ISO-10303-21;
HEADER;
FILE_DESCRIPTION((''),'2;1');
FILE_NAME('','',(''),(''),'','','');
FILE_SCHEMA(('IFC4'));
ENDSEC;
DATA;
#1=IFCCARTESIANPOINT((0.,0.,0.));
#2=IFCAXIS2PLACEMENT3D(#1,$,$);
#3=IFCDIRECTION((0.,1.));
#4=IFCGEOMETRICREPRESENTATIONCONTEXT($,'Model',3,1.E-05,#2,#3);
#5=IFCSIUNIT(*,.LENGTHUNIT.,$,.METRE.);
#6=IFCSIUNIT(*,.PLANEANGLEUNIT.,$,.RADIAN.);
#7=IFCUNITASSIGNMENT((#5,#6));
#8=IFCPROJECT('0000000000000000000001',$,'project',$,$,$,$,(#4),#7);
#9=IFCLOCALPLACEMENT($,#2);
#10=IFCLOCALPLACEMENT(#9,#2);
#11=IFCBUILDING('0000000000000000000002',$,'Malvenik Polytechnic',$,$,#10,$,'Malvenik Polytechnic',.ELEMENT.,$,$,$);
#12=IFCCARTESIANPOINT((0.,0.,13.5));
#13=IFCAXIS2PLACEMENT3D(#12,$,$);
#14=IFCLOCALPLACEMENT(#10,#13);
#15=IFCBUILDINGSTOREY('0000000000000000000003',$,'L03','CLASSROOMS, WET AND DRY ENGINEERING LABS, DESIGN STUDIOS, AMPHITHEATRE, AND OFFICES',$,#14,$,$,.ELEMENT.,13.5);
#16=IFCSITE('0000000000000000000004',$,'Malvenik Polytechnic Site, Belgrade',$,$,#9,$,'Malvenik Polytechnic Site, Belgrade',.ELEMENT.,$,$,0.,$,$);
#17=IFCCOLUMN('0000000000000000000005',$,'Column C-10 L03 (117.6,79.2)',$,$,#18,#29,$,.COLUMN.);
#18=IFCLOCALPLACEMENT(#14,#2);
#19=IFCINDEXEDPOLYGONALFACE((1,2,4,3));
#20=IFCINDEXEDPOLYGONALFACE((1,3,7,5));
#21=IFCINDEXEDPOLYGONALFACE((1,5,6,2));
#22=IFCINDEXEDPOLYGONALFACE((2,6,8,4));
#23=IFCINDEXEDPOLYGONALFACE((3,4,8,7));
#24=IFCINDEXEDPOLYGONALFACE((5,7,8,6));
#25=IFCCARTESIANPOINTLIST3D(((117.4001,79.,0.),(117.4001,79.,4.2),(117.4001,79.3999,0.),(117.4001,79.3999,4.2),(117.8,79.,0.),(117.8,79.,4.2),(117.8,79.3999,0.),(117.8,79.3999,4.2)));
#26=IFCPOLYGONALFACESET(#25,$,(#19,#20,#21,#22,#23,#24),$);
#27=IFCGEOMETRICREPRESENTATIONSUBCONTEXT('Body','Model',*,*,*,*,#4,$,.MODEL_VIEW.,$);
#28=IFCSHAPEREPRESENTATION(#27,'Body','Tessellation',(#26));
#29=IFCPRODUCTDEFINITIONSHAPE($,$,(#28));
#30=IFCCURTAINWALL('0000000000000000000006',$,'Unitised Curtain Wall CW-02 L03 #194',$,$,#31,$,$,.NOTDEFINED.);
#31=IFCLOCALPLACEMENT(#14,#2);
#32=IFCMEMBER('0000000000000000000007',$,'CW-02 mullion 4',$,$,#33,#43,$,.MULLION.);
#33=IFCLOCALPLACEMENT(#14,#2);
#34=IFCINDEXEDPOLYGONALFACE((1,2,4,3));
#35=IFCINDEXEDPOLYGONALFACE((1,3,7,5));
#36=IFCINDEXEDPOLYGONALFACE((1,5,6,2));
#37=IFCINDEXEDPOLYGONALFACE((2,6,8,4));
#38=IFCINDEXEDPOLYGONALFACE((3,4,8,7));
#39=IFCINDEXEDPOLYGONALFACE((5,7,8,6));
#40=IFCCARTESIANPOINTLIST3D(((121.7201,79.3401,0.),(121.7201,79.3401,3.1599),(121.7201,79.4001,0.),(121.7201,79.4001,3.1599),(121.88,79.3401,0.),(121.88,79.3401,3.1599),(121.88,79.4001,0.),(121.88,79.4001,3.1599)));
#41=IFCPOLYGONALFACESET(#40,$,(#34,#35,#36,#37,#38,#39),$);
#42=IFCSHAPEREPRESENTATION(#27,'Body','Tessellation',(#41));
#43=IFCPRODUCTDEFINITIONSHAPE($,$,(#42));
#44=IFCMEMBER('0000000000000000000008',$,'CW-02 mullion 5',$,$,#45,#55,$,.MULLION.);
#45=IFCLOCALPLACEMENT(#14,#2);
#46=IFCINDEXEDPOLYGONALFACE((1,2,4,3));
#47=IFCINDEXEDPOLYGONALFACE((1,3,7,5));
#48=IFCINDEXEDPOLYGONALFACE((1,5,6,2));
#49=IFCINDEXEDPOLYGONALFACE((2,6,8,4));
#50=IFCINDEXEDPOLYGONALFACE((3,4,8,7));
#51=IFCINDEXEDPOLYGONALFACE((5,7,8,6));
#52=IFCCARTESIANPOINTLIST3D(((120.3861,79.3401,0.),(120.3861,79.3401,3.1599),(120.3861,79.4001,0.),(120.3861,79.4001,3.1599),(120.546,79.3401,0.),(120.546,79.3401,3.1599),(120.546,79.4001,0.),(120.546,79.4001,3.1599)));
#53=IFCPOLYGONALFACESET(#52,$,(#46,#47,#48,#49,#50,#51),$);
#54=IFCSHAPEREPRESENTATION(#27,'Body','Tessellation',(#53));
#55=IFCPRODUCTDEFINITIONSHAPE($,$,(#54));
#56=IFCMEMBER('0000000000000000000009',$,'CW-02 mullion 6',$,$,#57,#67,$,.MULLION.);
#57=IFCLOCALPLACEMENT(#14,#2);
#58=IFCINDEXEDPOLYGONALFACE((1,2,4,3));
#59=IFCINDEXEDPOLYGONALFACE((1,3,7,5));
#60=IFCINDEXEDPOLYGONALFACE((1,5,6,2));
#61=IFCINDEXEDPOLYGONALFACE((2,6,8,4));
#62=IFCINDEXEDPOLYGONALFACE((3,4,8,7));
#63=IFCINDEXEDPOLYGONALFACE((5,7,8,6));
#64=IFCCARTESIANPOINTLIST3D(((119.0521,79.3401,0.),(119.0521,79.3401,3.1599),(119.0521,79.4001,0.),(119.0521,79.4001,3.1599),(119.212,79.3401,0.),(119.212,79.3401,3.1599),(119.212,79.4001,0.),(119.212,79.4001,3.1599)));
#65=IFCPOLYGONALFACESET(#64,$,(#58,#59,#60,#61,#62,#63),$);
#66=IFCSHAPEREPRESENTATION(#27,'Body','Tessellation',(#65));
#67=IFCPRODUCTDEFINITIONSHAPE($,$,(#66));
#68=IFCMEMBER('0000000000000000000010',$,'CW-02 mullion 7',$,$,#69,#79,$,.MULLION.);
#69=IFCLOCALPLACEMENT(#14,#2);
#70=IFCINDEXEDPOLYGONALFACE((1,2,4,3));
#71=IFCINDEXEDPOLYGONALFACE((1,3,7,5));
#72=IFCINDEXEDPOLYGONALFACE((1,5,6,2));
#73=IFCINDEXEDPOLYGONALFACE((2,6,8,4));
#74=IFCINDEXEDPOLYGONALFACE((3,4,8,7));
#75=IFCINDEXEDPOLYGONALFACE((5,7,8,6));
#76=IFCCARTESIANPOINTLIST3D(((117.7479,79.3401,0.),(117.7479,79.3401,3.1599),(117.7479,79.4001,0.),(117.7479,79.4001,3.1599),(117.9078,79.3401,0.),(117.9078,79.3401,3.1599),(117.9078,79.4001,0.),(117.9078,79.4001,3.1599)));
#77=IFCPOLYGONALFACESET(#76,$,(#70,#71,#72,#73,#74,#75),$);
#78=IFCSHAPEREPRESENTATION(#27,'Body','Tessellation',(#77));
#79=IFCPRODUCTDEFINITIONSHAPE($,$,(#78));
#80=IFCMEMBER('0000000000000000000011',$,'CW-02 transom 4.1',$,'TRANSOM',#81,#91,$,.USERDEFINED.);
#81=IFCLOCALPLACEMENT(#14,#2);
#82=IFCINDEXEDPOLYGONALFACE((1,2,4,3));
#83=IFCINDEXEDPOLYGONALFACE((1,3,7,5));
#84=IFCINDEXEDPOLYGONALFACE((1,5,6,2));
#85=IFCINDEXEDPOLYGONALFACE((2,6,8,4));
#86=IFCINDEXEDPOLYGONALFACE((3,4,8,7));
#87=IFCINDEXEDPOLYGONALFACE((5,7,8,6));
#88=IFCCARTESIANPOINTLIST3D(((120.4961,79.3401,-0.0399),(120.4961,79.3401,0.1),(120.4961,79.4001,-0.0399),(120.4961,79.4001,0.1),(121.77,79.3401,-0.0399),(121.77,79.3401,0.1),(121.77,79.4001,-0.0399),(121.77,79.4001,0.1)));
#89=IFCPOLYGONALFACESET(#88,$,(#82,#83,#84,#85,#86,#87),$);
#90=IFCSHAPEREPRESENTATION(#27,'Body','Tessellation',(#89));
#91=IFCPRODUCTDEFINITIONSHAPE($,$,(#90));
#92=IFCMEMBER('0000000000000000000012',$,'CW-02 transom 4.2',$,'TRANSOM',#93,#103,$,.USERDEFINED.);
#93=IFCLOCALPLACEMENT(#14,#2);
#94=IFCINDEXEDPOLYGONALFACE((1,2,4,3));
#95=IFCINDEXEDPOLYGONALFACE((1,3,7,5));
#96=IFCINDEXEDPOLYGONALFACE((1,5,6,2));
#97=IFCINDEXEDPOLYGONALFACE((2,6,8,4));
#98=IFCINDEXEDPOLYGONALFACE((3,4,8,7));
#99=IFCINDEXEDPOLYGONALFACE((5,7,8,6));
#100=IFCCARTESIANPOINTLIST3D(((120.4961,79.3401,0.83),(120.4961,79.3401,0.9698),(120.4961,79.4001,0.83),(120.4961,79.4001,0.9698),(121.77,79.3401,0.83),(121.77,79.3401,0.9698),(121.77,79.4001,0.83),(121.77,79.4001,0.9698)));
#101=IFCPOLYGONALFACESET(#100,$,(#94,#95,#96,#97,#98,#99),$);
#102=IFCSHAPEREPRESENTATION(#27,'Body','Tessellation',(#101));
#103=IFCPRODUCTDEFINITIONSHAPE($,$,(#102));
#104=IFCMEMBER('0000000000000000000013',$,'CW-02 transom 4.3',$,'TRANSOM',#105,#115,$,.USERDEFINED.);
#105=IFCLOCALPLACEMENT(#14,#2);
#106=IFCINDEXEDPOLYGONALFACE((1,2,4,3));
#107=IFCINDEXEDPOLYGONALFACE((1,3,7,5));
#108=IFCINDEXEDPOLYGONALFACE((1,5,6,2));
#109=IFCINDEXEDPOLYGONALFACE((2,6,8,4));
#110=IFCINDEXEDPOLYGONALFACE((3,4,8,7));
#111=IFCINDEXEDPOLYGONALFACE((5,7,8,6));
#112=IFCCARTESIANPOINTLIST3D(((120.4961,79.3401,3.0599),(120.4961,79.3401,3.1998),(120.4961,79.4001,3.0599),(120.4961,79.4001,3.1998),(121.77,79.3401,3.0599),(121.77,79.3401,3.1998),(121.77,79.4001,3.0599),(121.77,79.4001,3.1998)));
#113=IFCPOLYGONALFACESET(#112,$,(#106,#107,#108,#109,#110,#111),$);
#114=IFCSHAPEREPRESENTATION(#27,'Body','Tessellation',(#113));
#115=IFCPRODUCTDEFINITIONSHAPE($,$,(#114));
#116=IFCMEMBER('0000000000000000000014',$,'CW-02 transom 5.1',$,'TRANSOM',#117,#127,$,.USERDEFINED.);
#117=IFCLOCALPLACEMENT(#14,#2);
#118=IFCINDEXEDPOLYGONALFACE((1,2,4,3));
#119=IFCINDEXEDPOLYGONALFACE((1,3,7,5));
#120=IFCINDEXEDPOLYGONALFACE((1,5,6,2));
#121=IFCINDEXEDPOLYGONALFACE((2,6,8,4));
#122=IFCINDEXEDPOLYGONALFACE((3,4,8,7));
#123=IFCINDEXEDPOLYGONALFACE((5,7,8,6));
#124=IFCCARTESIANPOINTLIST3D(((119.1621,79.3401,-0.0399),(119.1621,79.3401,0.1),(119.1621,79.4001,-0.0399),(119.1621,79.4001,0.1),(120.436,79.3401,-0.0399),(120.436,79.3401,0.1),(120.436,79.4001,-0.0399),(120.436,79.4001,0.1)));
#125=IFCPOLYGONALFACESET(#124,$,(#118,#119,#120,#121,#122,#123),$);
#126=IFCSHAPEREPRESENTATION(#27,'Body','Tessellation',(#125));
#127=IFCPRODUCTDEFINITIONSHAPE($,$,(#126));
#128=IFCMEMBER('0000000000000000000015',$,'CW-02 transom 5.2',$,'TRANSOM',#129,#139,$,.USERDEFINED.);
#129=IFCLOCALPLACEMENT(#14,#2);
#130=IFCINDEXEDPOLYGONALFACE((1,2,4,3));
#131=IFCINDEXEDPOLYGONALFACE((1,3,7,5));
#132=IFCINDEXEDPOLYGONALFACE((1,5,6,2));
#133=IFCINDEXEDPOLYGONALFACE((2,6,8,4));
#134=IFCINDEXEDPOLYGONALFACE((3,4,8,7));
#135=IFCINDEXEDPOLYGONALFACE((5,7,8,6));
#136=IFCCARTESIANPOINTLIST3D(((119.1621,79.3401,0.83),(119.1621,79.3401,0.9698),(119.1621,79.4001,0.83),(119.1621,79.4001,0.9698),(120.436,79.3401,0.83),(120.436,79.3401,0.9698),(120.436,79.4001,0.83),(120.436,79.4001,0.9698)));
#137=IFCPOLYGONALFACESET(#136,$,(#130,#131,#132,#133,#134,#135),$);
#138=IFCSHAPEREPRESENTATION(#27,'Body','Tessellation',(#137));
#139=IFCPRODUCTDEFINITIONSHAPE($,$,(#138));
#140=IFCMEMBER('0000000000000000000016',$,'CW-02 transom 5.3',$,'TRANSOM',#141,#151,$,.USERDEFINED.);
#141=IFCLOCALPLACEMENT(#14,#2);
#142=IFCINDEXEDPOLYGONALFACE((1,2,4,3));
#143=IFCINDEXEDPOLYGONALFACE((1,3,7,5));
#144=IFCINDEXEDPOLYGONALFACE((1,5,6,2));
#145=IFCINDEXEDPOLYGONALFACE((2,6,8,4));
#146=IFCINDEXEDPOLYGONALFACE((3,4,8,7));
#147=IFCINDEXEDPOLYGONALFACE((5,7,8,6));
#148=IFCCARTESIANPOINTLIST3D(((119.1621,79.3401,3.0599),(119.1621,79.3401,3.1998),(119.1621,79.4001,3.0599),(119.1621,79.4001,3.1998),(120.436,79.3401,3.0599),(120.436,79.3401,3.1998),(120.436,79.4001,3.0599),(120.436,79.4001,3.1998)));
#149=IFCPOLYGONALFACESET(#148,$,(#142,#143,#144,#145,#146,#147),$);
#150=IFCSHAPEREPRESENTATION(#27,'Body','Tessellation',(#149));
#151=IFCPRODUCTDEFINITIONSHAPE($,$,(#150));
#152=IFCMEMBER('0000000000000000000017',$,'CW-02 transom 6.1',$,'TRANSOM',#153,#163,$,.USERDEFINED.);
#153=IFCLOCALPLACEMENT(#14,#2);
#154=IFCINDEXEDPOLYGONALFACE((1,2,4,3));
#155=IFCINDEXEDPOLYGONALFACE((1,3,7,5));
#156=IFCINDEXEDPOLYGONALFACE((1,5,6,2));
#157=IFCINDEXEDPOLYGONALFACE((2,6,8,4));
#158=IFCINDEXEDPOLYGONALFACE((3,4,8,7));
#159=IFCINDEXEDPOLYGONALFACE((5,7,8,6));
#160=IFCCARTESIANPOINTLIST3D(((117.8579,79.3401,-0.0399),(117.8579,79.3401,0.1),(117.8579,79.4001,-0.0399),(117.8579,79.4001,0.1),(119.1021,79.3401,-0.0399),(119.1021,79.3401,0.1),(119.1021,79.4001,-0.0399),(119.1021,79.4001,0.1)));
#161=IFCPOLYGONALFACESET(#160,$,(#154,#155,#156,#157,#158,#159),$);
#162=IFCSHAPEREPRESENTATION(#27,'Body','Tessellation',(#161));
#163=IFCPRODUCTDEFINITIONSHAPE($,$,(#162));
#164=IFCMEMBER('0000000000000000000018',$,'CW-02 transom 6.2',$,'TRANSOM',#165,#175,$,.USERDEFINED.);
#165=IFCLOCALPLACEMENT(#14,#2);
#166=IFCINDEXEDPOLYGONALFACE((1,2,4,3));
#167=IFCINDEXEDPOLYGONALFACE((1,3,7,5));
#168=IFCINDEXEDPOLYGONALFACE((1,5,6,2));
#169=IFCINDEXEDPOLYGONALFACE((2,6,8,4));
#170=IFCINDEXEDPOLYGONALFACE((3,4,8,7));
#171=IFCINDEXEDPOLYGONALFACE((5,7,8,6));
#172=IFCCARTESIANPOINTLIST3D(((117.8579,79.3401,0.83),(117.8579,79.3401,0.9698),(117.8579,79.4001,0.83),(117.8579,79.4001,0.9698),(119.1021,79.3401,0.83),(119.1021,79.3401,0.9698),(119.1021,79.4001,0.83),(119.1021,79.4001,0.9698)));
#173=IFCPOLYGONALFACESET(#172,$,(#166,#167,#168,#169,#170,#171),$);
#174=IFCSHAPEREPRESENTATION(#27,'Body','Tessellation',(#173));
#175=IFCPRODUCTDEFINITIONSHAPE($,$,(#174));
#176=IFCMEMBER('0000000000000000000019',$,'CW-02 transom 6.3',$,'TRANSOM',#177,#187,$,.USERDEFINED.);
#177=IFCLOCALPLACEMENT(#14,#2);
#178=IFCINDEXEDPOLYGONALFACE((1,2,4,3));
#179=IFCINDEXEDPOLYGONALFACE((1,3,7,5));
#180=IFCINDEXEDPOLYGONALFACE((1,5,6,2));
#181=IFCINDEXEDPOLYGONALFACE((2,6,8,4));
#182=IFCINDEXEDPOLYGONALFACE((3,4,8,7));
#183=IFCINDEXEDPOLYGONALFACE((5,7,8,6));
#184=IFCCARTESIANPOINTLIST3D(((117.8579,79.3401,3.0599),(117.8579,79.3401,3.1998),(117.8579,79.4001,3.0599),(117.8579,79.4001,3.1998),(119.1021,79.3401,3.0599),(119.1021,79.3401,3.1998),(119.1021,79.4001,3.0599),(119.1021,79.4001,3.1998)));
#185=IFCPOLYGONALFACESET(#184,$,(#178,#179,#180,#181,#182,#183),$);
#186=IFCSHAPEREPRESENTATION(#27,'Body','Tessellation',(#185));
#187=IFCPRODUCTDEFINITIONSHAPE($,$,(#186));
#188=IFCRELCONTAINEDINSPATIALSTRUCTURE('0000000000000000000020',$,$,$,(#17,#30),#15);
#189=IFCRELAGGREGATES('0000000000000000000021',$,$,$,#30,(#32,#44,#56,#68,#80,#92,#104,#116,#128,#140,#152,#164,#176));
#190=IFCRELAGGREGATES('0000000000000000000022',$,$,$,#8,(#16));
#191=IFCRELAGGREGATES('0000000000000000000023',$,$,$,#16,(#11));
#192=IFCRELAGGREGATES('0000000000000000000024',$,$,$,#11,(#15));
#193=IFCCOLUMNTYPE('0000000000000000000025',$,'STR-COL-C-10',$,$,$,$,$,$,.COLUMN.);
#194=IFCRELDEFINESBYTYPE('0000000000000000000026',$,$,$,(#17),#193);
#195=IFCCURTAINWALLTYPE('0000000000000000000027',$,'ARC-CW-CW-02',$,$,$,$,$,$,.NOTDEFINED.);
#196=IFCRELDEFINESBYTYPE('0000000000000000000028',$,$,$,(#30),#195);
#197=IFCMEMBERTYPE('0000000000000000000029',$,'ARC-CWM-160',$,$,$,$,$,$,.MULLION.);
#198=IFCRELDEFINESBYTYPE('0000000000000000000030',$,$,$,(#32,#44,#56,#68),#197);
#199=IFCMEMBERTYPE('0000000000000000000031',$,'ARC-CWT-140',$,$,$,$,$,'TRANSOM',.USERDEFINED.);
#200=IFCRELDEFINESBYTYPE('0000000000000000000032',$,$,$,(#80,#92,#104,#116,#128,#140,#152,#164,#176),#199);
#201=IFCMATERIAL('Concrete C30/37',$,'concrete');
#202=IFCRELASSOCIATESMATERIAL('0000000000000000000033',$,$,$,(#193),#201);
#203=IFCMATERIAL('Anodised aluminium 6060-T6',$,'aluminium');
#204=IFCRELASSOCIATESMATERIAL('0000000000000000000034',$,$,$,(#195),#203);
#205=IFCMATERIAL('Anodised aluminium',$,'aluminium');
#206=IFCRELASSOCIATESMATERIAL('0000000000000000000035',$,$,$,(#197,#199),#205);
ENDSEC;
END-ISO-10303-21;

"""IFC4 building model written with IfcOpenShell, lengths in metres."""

from ifc_helpers import new_model, si_unit, direction, frame, origin, origin_2d, place, context, subcontext, project, spatial, rectangle, extrude, material, material_profile, profile_set, type_object, element, aggregate, save


model = new_model("IFC4")

# Units and contexts
model_context = context("Model", 3, precision=1e-05, world=origin(), true_north=direction((0.0, 1.0)))
body_context = subcontext(model_context, "Body", "Model", "MODEL_VIEW")
ifc_project = project(units=[si_unit("LENGTHUNIT", "METRE"), si_unit("PLANEANGLEUNIT", "RADIAN")], contexts=[model_context])

# Site, building, storey
site_placement = place(None, origin())
site = spatial("IfcSite", under=ifc_project, at=site_placement, Name="Malvenik Polytechnic Site, Belgrade", LongName="Malvenik Polytechnic Site, Belgrade", CompositionType="ELEMENT", RefElevation=0.0)
building_placement = place(site_placement, origin())
building = spatial("IfcBuilding", under=site, at=building_placement, Name="Malvenik Polytechnic", LongName="Malvenik Polytechnic", CompositionType="ELEMENT")
storey_placement = place(building_placement, frame((0.0, 0.0, 13.5)))
storey = spatial("IfcBuildingStorey", under=building, at=storey_placement, Name="L03", Description="CLASSROOMS, WET AND DRY ENGINEERING LABS, DESIGN STUDIOS, AMPHITHEATRE, AND OFFICES", CompositionType="ELEMENT", Elevation=13.5)

# Column
ifc_material_1 = material(Name="Concrete C30/37", Category="concrete")
ifc_material_profile_1 = material_profile(ifc_material_1, rectangle(XDim=0.3999, YDim=0.3999, at=origin_2d()), Name="RC COL 400x400")
ifc_profile_set_1 = profile_set([ifc_material_profile_1], Name="Concrete C30/37")
column_type = type_object("IfcColumnType", Name="STR-COL-C-10", PredefinedType="COLUMN", material=ifc_profile_set_1)
column_placement = place(storey_placement, frame((117.6001, 79.2, 0.0), z_axis=(0.0, 0.0, 1.0), x_axis=(1.0, 0.0, 0.0)))
element("IfcColumn", 1, at=column_placement, inside=storey, type_object=column_type, Name="Column C-10 L03 (117.6,79.2)", PredefinedType="COLUMN", context=body_context, shape_type="SweptSolid", body=[
    extrude(rectangle(XDim=0.3999, YDim=0.3999, at=origin_2d()), origin(), (0.0, 0.0, 1.0), 4.2),
])

# Curtain wall, members
ifc_material_2 = material(Name="Anodised aluminium 6060-T6", Category="aluminium")
curtain_wall_type = type_object("IfcCurtainWallType", Name="ARC-CW-CW-02", PredefinedType="NOTDEFINED", material=ifc_material_2)
curtain_wall_placement = place(storey_placement, origin())
curtain_wall = element("IfcCurtainWall", 2, at=curtain_wall_placement, inside=storey, type_object=curtain_wall_type, Name="Unitised Curtain Wall CW-02 L03 #194", PredefinedType="NOTDEFINED")
ifc_material_3 = material(Name="Anodised aluminium", Category="aluminium")
ifc_material_profile_2 = material_profile(ifc_material_3, rectangle(XDim=0.0601, YDim=0.1599, at=origin_2d()), Name="ALU MULLION 60x160")
ifc_profile_set_2 = profile_set([ifc_material_profile_2], Name="Anodised aluminium")
member_type_1 = type_object("IfcMemberType", Name="ARC-CWM-160", PredefinedType="MULLION", material=ifc_profile_set_2)
member_1_placement = place(storey_placement, frame((121.8, 79.3701, 0.0), z_axis=(0.0, 0.0, 1.0), x_axis=(0.0, -1.0, 0.0)))
member_1 = element("IfcMember", 3, at=member_1_placement, type_object=member_type_1, Name="CW-02 mullion 4", PredefinedType="MULLION", context=body_context, shape_type="SweptSolid", body=[
    extrude(rectangle(XDim=0.0601, YDim=0.1599, at=origin_2d()), origin(), (0.0, 0.0, 1.0), 3.1599),
])
member_2_placement = place(storey_placement, frame((120.4661, 79.3701, 0.0), z_axis=(0.0, 0.0, 1.0), x_axis=(0.0, -1.0, 0.0)))
member_2 = element("IfcMember", 4, at=member_2_placement, type_object=member_type_1, Name="CW-02 mullion 5", PredefinedType="MULLION", context=body_context, shape_type="SweptSolid", body=[
    extrude(rectangle(XDim=0.0601, YDim=0.1599, at=origin_2d()), origin(), (0.0, 0.0, 1.0), 3.1599),
])
member_3_placement = place(storey_placement, frame((119.1321, 79.3701, 0.0), z_axis=(0.0, 0.0, 1.0), x_axis=(0.0, -1.0, 0.0)))
member_3 = element("IfcMember", 5, at=member_3_placement, type_object=member_type_1, Name="CW-02 mullion 6", PredefinedType="MULLION", context=body_context, shape_type="SweptSolid", body=[
    extrude(rectangle(XDim=0.0601, YDim=0.1599, at=origin_2d()), origin(), (0.0, 0.0, 1.0), 3.1599),
])
member_4_placement = place(storey_placement, frame((117.8279, 79.3701, 0.0), z_axis=(0.0, 0.0, 1.0), x_axis=(0.0, -1.0, 0.0)))
member_4 = element("IfcMember", 6, at=member_4_placement, type_object=member_type_1, Name="CW-02 mullion 7", PredefinedType="MULLION", context=body_context, shape_type="SweptSolid", body=[
    extrude(rectangle(XDim=0.0601, YDim=0.1599, at=origin_2d()), origin(), (0.0, 0.0, 1.0), 3.1599),
])
ifc_material_profile_3 = material_profile(ifc_material_3, rectangle(XDim=0.0601, YDim=0.1399, at=origin_2d()), Name="ALU TRANSOM 60x140")
ifc_profile_set_3 = profile_set([ifc_material_profile_3], Name="Anodised aluminium")
member_type_2 = type_object("IfcMemberType", Name="ARC-CWT-140", ElementType="TRANSOM", PredefinedType="USERDEFINED", material=ifc_profile_set_3)
member_5_placement = place(storey_placement, frame((121.77, 79.3701, 0.03), z_axis=(-1.0, 0.0, 0.0), x_axis=(0.0, -1.0, 0.0)))
member_5 = element("IfcMember", 7, at=member_5_placement, type_object=member_type_2, Name="CW-02 transom 4.1", ObjectType="TRANSOM", PredefinedType="USERDEFINED", context=body_context, shape_type="SweptSolid", body=[
    extrude(rectangle(XDim=0.0601, YDim=0.1399, at=origin_2d()), origin(), (0.0, 0.0, 1.0), 1.2739),
])
member_6_placement = place(storey_placement, frame((121.77, 79.3701, 0.8999), z_axis=(-1.0, 0.0, 0.0), x_axis=(0.0, -1.0, 0.0)))
member_6 = element("IfcMember", 8, at=member_6_placement, type_object=member_type_2, Name="CW-02 transom 4.2", ObjectType="TRANSOM", PredefinedType="USERDEFINED", context=body_context, shape_type="SweptSolid", body=[
    extrude(rectangle(XDim=0.0601, YDim=0.1399, at=origin_2d()), origin(), (0.0, 0.0, 1.0), 1.2739),
])
member_7_placement = place(storey_placement, frame((121.77, 79.3701, 3.1299), z_axis=(-1.0, 0.0, 0.0), x_axis=(0.0, -1.0, 0.0)))
member_7 = element("IfcMember", 9, at=member_7_placement, type_object=member_type_2, Name="CW-02 transom 4.3", ObjectType="TRANSOM", PredefinedType="USERDEFINED", context=body_context, shape_type="SweptSolid", body=[
    extrude(rectangle(XDim=0.0601, YDim=0.1399, at=origin_2d()), origin(), (0.0, 0.0, 1.0), 1.2739),
])
member_8_placement = place(storey_placement, frame((120.436, 79.3701, 0.03), z_axis=(-1.0, 0.0, 0.0), x_axis=(0.0, -1.0, 0.0)))
member_8 = element("IfcMember", 10, at=member_8_placement, type_object=member_type_2, Name="CW-02 transom 5.1", ObjectType="TRANSOM", PredefinedType="USERDEFINED", context=body_context, shape_type="SweptSolid", body=[
    extrude(rectangle(XDim=0.0601, YDim=0.1399, at=origin_2d()), origin(), (0.0, 0.0, 1.0), 1.2739),
])
member_9_placement = place(storey_placement, frame((120.436, 79.3701, 0.8999), z_axis=(-1.0, 0.0, 0.0), x_axis=(0.0, -1.0, 0.0)))
member_9 = element("IfcMember", 11, at=member_9_placement, type_object=member_type_2, Name="CW-02 transom 5.2", ObjectType="TRANSOM", PredefinedType="USERDEFINED", context=body_context, shape_type="SweptSolid", body=[
    extrude(rectangle(XDim=0.0601, YDim=0.1399, at=origin_2d()), origin(), (0.0, 0.0, 1.0), 1.2739),
])
member_10_placement = place(storey_placement, frame((120.436, 79.3701, 3.1299), z_axis=(-1.0, 0.0, 0.0), x_axis=(0.0, -1.0, 0.0)))
member_10 = element("IfcMember", 12, at=member_10_placement, type_object=member_type_2, Name="CW-02 transom 5.3", ObjectType="TRANSOM", PredefinedType="USERDEFINED", context=body_context, shape_type="SweptSolid", body=[
    extrude(rectangle(XDim=0.0601, YDim=0.1399, at=origin_2d()), origin(), (0.0, 0.0, 1.0), 1.2739),
])
member_11_placement = place(storey_placement, frame((119.1021, 79.3701, 0.03), z_axis=(-1.0, 0.0, 0.0), x_axis=(0.0, -1.0, 0.0)))
member_11 = element("IfcMember", 13, at=member_11_placement, type_object=member_type_2, Name="CW-02 transom 6.1", ObjectType="TRANSOM", PredefinedType="USERDEFINED", context=body_context, shape_type="SweptSolid", body=[
    extrude(rectangle(XDim=0.0601, YDim=0.1399, at=origin_2d()), origin(), (0.0, 0.0, 1.0), 1.2441),
])
member_12_placement = place(storey_placement, frame((119.1021, 79.3701, 0.8999), z_axis=(-1.0, 0.0, 0.0), x_axis=(0.0, -1.0, 0.0)))
member_12 = element("IfcMember", 14, at=member_12_placement, type_object=member_type_2, Name="CW-02 transom 6.2", ObjectType="TRANSOM", PredefinedType="USERDEFINED", context=body_context, shape_type="SweptSolid", body=[
    extrude(rectangle(XDim=0.0601, YDim=0.1399, at=origin_2d()), origin(), (0.0, 0.0, 1.0), 1.2441),
])
member_13_placement = place(storey_placement, frame((119.1021, 79.3701, 3.1299), z_axis=(-1.0, 0.0, 0.0), x_axis=(0.0, -1.0, 0.0)))
member_13 = element("IfcMember", 15, at=member_13_placement, type_object=member_type_2, Name="CW-02 transom 6.3", ObjectType="TRANSOM", PredefinedType="USERDEFINED", context=body_context, shape_type="SweptSolid", body=[
    extrude(rectangle(XDim=0.0601, YDim=0.1399, at=origin_2d()), origin(), (0.0, 0.0, 1.0), 1.2441),
])

aggregate(curtain_wall, [member_1, member_2, member_3, member_4, member_5, member_6, member_7, member_8, member_9, member_10, member_11, member_12, member_13])

save(model, "model.ifc")
